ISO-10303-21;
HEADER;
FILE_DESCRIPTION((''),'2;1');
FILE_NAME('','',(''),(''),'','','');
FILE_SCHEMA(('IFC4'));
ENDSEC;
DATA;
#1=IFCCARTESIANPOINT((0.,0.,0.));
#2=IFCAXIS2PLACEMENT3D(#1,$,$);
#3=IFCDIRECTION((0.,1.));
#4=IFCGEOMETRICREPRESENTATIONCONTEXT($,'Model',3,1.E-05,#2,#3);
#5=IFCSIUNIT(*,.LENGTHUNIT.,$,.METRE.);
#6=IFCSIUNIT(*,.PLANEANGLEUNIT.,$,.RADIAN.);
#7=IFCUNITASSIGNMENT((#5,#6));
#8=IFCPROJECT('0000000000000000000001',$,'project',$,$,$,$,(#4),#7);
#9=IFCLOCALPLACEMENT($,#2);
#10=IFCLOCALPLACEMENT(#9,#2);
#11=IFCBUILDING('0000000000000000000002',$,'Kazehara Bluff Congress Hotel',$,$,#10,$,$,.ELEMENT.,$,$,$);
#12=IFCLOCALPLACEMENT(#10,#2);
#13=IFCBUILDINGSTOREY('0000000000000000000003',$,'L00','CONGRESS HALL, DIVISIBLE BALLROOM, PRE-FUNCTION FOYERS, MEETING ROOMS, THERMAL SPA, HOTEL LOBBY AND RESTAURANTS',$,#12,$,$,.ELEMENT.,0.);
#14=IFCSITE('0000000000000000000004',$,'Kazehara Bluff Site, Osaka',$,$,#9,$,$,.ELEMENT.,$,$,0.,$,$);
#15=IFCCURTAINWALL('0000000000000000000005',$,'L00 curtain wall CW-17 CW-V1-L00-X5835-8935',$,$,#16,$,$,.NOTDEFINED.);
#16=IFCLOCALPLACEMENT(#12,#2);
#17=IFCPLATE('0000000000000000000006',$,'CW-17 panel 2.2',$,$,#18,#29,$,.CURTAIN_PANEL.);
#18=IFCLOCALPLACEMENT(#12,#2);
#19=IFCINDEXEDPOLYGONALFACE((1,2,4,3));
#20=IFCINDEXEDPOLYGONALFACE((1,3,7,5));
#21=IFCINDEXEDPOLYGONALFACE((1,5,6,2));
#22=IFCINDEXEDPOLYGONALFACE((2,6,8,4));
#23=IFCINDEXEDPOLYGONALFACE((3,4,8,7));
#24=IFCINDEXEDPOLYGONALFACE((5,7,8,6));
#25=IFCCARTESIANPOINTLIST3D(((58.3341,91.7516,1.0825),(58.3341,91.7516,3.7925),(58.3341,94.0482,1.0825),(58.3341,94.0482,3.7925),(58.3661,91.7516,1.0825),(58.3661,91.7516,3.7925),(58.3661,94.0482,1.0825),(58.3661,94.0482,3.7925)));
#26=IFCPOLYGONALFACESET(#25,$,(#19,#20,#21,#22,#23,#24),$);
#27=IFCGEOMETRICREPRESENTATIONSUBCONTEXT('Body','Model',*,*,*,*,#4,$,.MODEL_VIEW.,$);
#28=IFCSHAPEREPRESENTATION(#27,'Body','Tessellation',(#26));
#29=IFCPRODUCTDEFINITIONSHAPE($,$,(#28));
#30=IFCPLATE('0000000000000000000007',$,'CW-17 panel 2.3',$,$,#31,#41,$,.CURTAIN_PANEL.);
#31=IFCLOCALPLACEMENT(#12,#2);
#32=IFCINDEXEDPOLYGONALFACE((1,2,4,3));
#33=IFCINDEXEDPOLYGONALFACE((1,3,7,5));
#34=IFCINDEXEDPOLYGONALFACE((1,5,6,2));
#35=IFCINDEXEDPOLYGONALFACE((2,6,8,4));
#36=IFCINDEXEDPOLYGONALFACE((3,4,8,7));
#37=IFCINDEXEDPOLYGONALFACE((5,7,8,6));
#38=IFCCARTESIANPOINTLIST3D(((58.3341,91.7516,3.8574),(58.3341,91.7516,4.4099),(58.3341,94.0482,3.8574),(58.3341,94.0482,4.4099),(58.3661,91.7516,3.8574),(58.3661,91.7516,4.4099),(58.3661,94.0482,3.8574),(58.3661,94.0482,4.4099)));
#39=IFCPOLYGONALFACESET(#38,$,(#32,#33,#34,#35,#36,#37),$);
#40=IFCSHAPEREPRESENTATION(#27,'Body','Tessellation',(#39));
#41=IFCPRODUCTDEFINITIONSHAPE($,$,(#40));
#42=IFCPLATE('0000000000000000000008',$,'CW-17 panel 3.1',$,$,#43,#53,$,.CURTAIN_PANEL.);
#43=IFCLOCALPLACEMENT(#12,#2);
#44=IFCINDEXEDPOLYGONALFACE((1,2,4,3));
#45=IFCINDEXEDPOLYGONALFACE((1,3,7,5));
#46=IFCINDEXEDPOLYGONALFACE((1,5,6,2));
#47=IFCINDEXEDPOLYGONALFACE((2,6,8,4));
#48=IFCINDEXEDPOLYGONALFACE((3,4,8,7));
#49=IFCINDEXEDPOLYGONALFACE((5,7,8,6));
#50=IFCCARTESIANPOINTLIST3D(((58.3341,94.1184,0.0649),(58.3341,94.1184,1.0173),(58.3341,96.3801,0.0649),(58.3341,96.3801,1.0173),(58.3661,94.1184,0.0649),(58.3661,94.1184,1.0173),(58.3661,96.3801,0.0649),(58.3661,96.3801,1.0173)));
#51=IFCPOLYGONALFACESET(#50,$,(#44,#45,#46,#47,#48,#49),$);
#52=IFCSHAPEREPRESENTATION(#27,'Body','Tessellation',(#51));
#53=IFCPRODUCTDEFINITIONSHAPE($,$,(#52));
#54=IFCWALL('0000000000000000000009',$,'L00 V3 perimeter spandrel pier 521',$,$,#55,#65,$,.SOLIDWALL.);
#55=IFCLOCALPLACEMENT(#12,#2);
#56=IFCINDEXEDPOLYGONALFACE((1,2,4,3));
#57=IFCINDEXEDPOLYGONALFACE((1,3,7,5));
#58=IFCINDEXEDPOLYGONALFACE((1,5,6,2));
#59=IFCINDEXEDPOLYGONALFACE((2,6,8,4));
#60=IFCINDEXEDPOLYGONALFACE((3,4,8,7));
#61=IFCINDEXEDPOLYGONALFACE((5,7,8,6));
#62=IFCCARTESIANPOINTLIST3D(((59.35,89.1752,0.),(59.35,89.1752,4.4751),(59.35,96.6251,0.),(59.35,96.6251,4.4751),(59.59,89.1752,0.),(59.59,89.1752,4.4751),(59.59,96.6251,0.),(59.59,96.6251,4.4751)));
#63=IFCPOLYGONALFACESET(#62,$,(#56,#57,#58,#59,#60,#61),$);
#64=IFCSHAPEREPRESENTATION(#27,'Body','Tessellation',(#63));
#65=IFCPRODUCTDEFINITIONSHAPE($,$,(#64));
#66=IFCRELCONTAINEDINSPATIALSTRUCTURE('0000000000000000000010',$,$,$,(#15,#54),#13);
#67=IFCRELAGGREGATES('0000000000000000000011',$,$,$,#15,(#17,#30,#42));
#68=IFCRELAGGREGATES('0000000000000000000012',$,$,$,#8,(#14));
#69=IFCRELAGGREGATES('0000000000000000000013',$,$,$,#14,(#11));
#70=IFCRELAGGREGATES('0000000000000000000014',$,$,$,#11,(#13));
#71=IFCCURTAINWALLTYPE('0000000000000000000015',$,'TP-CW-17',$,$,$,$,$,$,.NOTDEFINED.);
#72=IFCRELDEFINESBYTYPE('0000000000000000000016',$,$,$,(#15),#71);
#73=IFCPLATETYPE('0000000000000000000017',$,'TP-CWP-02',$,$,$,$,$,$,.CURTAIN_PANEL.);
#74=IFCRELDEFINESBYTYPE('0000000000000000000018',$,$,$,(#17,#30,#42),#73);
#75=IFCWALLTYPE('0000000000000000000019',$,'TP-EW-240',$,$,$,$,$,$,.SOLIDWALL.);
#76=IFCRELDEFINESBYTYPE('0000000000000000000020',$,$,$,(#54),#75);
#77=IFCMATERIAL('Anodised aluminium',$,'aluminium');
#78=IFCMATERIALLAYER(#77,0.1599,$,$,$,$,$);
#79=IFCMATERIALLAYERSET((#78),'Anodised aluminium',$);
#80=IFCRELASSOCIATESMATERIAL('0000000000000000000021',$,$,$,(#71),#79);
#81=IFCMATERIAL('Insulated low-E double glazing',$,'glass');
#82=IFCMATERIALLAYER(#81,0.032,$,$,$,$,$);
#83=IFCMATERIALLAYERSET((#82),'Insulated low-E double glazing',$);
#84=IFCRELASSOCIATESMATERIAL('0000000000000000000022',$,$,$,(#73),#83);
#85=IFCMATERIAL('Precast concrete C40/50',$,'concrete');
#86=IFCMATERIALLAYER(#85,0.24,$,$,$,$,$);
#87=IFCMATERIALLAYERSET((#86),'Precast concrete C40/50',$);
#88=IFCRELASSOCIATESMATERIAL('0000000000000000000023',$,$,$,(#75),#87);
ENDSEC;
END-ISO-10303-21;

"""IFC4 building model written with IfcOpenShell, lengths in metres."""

from ifc_helpers import new_model, si_unit, direction, frame, frame_2d, origin, origin_2d, place, context, subcontext, project, spatial, rectangle, extrude, material, layer, layer_set, type_object, element, aggregate, save


model = new_model("IFC4")

# Units and contexts
model_context = context("Model", 3, precision=1e-05, world=origin(), true_north=direction((0.0, 1.0)))
body_context = subcontext(model_context, "Body", "Model", "MODEL_VIEW")
ifc_project = project(units=[si_unit("LENGTHUNIT", "METRE"), si_unit("PLANEANGLEUNIT", "RADIAN")], contexts=[model_context])

# Site, building, storey
site_placement = place(None, origin())
site = spatial("IfcSite", under=ifc_project, at=site_placement, Name="Kazehara Bluff Site, Osaka", CompositionType="ELEMENT", RefElevation=0.0)
building_placement = place(site_placement, origin())
building = spatial("IfcBuilding", under=site, at=building_placement, Name="Kazehara Bluff Congress Hotel", CompositionType="ELEMENT")
storey_placement = place(building_placement, origin())
storey = spatial("IfcBuildingStorey", under=building, at=storey_placement, Name="L00", Description="CONGRESS HALL, DIVISIBLE BALLROOM, PRE-FUNCTION FOYERS, MEETING ROOMS, THERMAL SPA, HOTEL LOBBY AND RESTAURANTS", CompositionType="ELEMENT", Elevation=0.0)

# Shared definitions
ifc_material_1 = material(Name="Anodised aluminium", Category="aluminium")
ifc_layer_1 = layer(ifc_material_1, 0.1599)
ifc_layer_set_1 = layer_set([ifc_layer_1], Name="Anodised aluminium")
curtain_wall_type = type_object("IfcCurtainWallType", Name="TP-CW-17", PredefinedType="NOTDEFINED", material=ifc_layer_set_1)

# Curtain wall
curtain_wall_1_placement = place(storey_placement, origin())
curtain_wall_1 = element("IfcCurtainWall", 1, at=curtain_wall_1_placement, inside=storey, type_object=curtain_wall_type, Name="L00 curtain wall CW-17 CW-V1-L00-X5835-8935", PredefinedType="NOTDEFINED")

# Plates
ifc_material_2 = material(Name="Insulated low-E double glazing", Category="glass")
ifc_layer_2 = layer(ifc_material_2, 0.032)
ifc_layer_set_2 = layer_set([ifc_layer_2], Name="Insulated low-E double glazing")
plate_type = type_object("IfcPlateType", Name="TP-CWP-02", PredefinedType="CURTAIN_PANEL", material=ifc_layer_set_2)
plate_1_placement = place(storey_placement, frame((58.3501, 92.8999, 1.0825), z_axis=(0.0, 0.0, 1.0), x_axis=(0.0, 1.0, 0.0)))
plate_1 = element("IfcPlate", 2, at=plate_1_placement, type_object=plate_type, Name="CW-17 panel 2.2", PredefinedType="CURTAIN_PANEL", context=body_context, shape_type="SweptSolid", body=[
    extrude(rectangle(XDim=2.2966, YDim=0.032, at=origin_2d()), origin(), (0.0, 0.0, 1.0), 2.71),
])
plate_2_placement = place(storey_placement, frame((58.3501, 92.8999, 3.8574), z_axis=(0.0, 0.0, 1.0), x_axis=(0.0, 1.0, 0.0)))
plate_2 = element("IfcPlate", 3, at=plate_2_placement, type_object=plate_type, Name="CW-17 panel 2.3", PredefinedType="CURTAIN_PANEL", context=body_context, shape_type="SweptSolid", body=[
    extrude(rectangle(XDim=2.2966, YDim=0.032, at=origin_2d()), origin(), (0.0, 0.0, 1.0), 0.5525),
])
plate_3_placement = place(storey_placement, frame((58.3501, 95.2493, 0.0649), z_axis=(0.0, 0.0, 1.0), x_axis=(0.0, 1.0, 0.0)))
plate_3 = element("IfcPlate", 4, at=plate_3_placement, type_object=plate_type, Name="CW-17 panel 3.1", PredefinedType="CURTAIN_PANEL", context=body_context, shape_type="SweptSolid", body=[
    extrude(rectangle(XDim=2.2617, YDim=0.032, at=origin_2d()), origin(), (0.0, 0.0, 1.0), 0.9524),
])
aggregate(curtain_wall_1, [plate_1, plate_2, plate_3])

# Wall
ifc_material_3 = material(Name="Precast concrete C40/50", Category="concrete")
ifc_layer_3 = layer(ifc_material_3, 0.24)
ifc_layer_set_3 = layer_set([ifc_layer_3], Name="Precast concrete C40/50")
wall_type = type_object("IfcWallType", Name="TP-EW-240", PredefinedType="SOLIDWALL", material=ifc_layer_set_3)
wall_placement = place(storey_placement, frame((59.47, 89.175, 0.0), z_axis=(0.0, 0.0, 1.0), x_axis=(0.0, 1.0, 0.0)))
element("IfcWall", 5, at=wall_placement, inside=storey, type_object=wall_type, Name="L00 V3 perimeter spandrel pier 521", PredefinedType="SOLIDWALL", context=body_context, shape_type="SweptSolid", body=[
    extrude(rectangle(XDim=7.45, YDim=0.24, at=frame_2d((3.7251, 0.0))), origin(), (0.0, 0.0, 1.0), 4.4751),
])

save(model, "model.ifc")
